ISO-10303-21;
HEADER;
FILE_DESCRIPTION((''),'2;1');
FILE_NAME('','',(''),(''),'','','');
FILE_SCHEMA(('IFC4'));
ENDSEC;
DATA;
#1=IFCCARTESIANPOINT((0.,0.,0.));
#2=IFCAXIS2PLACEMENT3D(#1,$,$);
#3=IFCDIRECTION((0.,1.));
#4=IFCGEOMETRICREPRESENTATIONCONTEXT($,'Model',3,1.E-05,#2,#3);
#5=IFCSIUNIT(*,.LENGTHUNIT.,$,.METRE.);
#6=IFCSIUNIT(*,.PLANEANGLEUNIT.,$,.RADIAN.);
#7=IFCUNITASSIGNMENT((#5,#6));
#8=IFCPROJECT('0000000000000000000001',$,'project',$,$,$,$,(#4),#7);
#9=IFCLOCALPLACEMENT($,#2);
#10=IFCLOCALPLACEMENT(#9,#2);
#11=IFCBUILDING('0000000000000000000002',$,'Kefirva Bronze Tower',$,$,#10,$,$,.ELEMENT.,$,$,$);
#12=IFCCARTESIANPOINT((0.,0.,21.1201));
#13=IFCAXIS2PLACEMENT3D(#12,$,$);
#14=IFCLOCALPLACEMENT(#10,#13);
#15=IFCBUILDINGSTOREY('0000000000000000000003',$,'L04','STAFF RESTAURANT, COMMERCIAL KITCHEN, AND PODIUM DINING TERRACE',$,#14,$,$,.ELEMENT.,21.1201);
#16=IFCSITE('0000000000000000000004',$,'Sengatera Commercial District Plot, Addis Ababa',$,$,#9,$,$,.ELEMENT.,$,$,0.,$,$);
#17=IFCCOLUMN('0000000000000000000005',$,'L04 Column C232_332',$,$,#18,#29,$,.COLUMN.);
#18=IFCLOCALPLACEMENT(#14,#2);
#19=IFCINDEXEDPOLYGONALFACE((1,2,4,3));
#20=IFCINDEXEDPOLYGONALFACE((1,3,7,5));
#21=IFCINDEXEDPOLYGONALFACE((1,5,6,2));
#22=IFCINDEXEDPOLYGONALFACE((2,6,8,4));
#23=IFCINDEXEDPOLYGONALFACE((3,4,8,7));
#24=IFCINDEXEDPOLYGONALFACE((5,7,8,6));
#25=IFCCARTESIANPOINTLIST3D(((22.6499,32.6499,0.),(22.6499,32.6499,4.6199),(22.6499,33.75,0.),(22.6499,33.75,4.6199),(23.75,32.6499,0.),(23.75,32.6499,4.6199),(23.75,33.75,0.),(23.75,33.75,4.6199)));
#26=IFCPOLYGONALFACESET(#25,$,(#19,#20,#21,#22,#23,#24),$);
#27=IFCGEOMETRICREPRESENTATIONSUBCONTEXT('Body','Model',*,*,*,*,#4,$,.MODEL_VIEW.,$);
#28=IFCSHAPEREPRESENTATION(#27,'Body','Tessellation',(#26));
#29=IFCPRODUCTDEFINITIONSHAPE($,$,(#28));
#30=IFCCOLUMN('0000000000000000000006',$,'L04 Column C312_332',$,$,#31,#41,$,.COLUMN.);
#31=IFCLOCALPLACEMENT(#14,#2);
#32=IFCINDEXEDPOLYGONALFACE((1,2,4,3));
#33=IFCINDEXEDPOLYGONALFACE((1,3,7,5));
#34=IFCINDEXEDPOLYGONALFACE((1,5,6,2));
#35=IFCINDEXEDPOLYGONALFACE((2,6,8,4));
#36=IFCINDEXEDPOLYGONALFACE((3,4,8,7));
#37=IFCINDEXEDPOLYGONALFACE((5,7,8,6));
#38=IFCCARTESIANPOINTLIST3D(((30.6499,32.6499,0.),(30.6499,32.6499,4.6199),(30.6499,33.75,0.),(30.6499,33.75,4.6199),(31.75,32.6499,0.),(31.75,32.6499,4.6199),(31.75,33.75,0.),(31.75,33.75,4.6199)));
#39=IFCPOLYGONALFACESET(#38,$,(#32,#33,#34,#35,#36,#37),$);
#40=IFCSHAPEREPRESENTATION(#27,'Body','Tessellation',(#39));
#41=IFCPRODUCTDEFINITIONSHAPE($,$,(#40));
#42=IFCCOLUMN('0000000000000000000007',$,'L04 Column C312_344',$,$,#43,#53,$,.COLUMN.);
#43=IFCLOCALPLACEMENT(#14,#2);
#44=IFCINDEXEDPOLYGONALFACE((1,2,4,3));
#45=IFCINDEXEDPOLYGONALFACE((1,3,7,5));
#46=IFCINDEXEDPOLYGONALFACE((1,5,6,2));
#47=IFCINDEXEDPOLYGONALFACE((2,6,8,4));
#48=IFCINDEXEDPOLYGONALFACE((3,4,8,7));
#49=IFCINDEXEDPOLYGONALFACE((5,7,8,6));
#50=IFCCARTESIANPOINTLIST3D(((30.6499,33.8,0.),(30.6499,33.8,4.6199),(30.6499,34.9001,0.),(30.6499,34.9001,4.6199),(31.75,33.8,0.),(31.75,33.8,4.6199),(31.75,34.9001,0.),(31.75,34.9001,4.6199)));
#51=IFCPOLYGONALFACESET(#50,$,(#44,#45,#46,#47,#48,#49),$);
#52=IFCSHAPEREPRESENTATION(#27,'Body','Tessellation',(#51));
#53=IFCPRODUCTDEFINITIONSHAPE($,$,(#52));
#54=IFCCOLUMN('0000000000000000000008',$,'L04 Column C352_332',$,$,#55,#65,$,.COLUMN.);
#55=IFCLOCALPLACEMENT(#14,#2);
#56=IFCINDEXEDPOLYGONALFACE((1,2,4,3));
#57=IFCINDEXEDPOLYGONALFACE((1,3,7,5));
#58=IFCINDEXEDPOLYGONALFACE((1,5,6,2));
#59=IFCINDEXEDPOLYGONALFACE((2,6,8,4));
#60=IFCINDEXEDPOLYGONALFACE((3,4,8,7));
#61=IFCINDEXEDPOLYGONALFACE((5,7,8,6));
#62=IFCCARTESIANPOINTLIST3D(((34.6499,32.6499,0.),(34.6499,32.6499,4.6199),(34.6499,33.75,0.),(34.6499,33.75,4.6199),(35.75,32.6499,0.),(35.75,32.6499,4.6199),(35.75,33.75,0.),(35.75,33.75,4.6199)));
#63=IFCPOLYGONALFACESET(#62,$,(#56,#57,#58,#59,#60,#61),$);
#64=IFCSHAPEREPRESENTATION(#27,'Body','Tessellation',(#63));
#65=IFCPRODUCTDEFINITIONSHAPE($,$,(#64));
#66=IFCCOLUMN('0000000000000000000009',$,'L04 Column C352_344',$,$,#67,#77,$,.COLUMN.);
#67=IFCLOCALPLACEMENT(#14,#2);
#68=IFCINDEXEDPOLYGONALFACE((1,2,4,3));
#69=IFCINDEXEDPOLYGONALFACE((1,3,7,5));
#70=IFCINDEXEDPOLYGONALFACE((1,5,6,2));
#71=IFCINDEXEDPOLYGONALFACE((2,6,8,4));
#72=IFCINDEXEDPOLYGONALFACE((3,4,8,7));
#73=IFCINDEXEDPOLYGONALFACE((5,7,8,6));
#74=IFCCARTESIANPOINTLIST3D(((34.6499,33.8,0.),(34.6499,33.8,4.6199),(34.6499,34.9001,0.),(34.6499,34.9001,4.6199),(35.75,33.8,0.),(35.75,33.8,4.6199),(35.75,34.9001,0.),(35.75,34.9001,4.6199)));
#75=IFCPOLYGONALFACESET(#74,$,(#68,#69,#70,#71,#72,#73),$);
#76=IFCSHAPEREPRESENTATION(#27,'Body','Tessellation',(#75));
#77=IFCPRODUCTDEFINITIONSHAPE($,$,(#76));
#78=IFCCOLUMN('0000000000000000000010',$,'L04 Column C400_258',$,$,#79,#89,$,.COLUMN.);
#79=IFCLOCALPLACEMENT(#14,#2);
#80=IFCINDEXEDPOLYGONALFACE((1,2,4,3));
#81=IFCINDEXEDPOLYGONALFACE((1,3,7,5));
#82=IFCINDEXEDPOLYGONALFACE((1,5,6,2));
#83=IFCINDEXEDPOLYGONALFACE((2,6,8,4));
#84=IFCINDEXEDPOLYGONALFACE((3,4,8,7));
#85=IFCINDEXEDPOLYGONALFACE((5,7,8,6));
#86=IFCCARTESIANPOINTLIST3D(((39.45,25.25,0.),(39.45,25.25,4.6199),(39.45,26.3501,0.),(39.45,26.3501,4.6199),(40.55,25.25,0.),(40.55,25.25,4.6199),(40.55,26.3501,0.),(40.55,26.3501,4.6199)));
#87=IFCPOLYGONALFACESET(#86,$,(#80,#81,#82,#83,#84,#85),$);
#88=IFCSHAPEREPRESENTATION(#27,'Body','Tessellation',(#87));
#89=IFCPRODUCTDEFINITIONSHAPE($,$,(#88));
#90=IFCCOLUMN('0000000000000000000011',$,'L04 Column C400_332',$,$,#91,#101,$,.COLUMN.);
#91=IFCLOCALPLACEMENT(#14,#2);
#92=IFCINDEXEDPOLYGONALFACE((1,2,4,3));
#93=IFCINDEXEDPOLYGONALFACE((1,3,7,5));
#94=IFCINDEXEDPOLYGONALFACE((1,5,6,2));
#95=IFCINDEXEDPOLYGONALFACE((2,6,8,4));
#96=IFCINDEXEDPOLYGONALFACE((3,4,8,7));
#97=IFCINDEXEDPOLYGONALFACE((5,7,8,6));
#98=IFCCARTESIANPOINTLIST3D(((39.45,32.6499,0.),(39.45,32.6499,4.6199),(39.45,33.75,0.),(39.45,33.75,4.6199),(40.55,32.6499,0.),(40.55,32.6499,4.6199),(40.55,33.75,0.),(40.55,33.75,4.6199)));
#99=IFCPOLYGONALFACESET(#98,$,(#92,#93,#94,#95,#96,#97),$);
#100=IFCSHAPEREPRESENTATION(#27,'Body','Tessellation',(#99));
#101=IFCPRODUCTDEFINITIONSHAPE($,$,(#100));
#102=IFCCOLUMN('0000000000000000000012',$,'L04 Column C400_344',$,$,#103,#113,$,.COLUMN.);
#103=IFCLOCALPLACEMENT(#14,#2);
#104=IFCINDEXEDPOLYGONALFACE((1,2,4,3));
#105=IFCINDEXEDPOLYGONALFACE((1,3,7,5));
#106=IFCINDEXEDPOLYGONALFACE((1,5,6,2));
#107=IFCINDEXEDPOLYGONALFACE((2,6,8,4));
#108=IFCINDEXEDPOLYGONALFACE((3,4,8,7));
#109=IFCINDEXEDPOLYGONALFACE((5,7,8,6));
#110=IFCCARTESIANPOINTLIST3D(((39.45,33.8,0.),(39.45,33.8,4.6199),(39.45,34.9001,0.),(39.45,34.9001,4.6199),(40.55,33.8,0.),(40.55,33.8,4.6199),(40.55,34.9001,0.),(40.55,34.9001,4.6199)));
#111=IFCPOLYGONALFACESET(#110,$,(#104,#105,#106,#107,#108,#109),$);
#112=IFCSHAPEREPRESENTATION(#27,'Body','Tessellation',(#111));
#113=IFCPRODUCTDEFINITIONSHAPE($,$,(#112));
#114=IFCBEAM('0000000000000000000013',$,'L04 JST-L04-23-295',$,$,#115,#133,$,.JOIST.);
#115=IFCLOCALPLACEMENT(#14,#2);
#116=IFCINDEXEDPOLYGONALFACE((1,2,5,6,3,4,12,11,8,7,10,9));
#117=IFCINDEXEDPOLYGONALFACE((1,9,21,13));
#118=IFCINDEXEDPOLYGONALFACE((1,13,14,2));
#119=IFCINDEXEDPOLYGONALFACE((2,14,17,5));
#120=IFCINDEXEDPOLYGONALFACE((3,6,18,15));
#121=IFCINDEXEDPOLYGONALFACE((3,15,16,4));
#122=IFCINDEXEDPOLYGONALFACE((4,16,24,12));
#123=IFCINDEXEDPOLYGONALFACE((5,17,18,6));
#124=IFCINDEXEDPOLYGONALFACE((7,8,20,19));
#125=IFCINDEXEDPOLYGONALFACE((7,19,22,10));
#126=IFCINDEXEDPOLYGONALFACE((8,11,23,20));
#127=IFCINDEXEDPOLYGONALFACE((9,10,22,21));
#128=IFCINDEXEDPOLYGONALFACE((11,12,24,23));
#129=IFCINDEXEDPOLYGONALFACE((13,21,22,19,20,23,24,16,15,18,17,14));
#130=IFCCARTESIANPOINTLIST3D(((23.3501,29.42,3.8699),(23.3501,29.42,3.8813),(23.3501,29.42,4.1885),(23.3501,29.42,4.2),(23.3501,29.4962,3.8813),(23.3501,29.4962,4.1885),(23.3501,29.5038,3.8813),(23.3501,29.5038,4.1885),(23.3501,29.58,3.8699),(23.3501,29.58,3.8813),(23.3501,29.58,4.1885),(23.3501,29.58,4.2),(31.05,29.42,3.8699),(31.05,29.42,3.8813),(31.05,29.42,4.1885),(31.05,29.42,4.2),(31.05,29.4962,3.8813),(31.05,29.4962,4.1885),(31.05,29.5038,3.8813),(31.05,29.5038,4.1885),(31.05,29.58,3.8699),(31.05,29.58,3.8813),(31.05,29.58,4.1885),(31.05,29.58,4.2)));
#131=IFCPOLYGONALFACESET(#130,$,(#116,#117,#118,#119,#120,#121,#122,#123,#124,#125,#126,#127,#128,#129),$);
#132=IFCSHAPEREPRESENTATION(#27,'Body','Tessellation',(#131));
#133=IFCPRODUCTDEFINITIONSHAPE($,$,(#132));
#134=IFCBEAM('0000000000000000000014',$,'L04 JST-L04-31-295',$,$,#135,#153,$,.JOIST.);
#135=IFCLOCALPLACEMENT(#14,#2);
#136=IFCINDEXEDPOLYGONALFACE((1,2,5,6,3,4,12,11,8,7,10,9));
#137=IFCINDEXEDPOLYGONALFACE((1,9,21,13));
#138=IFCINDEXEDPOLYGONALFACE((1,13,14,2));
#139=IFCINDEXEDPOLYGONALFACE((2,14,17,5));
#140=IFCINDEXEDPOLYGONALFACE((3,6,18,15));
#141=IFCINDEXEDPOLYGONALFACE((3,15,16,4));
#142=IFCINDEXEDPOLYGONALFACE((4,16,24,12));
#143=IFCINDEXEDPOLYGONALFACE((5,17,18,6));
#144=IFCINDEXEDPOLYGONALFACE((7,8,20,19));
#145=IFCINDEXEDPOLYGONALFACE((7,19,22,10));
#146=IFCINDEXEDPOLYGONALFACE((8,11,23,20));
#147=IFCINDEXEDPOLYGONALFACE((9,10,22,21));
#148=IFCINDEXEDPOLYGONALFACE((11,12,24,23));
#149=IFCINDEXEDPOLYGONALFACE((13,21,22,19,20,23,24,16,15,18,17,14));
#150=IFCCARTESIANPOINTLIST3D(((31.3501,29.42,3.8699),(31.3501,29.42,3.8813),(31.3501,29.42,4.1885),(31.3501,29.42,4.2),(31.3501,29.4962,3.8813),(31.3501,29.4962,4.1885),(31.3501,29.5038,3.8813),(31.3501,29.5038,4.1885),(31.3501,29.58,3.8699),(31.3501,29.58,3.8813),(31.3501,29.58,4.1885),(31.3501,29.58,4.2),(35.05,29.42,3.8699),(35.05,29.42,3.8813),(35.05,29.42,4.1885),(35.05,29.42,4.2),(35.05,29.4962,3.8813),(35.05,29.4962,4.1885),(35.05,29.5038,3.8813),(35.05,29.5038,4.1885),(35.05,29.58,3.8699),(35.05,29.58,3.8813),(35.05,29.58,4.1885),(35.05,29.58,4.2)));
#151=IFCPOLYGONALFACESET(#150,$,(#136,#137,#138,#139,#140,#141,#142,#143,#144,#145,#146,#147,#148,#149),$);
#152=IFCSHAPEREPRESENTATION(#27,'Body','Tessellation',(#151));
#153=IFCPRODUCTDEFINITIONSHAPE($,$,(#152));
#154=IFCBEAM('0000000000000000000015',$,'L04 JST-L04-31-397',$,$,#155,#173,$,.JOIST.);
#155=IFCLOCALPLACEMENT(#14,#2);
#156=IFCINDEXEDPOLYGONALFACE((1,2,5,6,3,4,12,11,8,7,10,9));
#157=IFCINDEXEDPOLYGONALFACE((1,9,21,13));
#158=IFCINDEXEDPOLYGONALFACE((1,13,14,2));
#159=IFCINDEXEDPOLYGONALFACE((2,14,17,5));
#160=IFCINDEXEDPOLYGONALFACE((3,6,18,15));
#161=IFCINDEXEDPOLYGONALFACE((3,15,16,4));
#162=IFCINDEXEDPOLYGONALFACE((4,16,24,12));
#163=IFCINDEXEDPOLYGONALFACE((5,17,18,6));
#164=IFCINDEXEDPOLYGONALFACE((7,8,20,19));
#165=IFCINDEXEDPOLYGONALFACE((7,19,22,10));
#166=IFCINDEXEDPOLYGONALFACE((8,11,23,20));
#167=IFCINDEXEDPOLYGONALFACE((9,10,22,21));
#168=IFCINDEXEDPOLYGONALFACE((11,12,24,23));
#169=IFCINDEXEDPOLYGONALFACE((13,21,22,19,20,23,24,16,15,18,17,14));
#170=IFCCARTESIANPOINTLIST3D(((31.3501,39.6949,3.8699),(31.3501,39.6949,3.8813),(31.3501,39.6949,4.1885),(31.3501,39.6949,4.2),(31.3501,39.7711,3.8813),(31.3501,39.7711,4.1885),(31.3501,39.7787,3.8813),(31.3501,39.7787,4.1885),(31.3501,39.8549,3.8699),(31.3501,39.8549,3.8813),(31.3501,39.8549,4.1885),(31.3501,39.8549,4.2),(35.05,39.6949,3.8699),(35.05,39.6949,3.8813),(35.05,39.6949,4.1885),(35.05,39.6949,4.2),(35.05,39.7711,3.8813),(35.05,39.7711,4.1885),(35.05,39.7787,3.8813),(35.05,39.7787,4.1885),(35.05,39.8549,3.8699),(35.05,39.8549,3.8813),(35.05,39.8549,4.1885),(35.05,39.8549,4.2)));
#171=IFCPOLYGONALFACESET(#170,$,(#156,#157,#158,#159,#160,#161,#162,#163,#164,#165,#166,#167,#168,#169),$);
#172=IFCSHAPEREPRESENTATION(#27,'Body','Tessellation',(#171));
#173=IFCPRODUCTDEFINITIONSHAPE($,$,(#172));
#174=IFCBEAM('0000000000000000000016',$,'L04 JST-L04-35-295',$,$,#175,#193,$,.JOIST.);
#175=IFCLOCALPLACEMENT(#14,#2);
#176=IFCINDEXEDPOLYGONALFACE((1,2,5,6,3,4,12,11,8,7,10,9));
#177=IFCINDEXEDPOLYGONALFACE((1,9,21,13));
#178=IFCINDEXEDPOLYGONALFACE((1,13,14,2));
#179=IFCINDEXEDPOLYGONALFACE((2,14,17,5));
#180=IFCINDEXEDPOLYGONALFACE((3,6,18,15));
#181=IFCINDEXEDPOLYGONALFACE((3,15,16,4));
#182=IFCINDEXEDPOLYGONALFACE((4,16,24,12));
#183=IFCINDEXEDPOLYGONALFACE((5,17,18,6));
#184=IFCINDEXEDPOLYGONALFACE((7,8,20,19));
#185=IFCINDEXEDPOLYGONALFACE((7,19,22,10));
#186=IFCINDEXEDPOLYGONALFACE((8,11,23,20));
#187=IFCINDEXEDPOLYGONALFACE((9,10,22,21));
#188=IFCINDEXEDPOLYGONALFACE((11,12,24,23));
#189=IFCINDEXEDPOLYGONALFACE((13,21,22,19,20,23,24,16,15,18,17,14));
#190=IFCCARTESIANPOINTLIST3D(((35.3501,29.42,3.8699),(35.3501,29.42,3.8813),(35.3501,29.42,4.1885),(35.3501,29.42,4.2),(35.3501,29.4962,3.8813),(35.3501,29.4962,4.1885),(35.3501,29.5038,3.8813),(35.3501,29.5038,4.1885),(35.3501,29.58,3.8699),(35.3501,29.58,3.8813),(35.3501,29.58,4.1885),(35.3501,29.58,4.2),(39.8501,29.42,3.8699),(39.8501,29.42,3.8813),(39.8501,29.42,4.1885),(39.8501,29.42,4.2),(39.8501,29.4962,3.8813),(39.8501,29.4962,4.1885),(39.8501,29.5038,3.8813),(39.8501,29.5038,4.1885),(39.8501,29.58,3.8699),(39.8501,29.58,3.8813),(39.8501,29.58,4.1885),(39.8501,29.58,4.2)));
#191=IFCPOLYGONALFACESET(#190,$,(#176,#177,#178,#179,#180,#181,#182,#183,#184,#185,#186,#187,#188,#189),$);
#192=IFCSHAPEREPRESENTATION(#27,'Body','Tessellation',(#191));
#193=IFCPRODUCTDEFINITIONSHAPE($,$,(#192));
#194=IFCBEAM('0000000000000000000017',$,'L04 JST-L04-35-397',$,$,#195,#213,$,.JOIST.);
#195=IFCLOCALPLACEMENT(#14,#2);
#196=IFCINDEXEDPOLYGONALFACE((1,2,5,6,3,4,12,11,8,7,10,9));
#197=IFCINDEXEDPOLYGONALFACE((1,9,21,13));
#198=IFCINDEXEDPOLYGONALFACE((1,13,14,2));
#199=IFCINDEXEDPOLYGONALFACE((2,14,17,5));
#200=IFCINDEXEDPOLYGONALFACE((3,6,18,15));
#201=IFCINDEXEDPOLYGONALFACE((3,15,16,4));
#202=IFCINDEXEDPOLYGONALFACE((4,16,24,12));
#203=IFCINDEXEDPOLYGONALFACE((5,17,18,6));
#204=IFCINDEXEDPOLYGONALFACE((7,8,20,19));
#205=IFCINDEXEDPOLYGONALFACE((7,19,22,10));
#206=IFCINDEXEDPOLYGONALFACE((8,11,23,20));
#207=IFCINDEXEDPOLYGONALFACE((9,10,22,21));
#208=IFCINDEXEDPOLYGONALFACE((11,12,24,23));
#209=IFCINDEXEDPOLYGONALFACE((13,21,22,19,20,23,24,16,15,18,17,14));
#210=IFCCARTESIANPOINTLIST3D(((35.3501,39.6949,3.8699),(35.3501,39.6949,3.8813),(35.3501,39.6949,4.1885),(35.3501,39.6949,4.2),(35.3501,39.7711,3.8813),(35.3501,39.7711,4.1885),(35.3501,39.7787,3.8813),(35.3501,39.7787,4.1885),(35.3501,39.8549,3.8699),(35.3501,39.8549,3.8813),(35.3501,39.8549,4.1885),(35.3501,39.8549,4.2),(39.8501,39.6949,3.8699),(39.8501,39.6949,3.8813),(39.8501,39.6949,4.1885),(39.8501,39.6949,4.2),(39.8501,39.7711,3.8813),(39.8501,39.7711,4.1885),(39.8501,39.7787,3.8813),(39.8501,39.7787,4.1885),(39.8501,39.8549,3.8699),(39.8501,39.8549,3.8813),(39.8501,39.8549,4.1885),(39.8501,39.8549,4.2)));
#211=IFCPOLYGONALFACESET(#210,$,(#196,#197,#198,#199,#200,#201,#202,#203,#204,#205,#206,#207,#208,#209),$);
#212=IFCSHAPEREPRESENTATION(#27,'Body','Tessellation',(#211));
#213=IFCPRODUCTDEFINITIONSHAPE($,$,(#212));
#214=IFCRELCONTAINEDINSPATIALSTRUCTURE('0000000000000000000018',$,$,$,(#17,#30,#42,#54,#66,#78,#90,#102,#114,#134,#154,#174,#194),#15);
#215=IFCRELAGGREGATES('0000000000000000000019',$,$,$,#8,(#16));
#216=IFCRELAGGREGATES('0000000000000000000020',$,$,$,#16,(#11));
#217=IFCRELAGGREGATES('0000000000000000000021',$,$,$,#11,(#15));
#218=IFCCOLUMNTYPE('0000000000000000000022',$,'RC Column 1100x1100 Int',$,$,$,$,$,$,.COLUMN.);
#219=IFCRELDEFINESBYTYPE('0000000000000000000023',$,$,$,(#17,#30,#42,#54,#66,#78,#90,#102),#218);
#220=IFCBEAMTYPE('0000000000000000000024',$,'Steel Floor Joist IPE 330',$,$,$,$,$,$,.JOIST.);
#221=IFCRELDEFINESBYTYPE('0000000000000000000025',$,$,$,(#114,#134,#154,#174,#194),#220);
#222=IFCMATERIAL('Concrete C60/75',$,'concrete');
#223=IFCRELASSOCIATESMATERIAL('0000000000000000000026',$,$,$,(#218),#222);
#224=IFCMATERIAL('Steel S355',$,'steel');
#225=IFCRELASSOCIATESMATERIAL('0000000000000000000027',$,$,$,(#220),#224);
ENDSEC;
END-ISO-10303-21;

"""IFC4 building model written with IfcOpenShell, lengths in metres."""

from ifc_helpers import new_model, si_unit, direction, frame, origin, origin_2d, place, context, subcontext, project, spatial, rectangle, i_section, extrude, material, material_profile, profile_set, type_object, element, save


model = new_model("IFC4")

# Units and contexts
model_context = context("Model", 3, precision=1e-05, world=origin(), true_north=direction((0.0, 1.0)))
body_context = subcontext(model_context, "Body", "Model", "MODEL_VIEW")
ifc_project = project(units=[si_unit("LENGTHUNIT", "METRE"), si_unit("PLANEANGLEUNIT", "RADIAN")], contexts=[model_context])

# Site, building, storey
site_placement = place(None, origin())
site = spatial("IfcSite", under=ifc_project, at=site_placement, Name="Sengatera Commercial District Plot, Addis Ababa", CompositionType="ELEMENT", RefElevation=0.0)
building_placement = place(site_placement, origin())
building = spatial("IfcBuilding", under=site, at=building_placement, Name="Kefirva Bronze Tower", CompositionType="ELEMENT")
storey_placement = place(building_placement, frame((0.0, 0.0, 21.1201)))
storey = spatial("IfcBuildingStorey", under=building, at=storey_placement, Name="L04", Description="STAFF RESTAURANT, COMMERCIAL KITCHEN, AND PODIUM DINING TERRACE", CompositionType="ELEMENT", Elevation=21.1201)

# Columns
ifc_material_1 = material(Name="Concrete C60/75", Category="concrete")
ifc_material_profile_1 = material_profile(ifc_material_1, rectangle(XDim=1.1001, YDim=1.1001, at=origin_2d()), Name="RC 1100x1100")
ifc_profile_set_1 = profile_set([ifc_material_profile_1], Name="Concrete C60/75")
column_type = type_object("IfcColumnType", Name="RC Column 1100x1100 Int", PredefinedType="COLUMN", material=ifc_profile_set_1)
for number, where, z_axis, x_axis, name in (
    (1, (23.2, 33.2, 0.0), (0.0, 0.0, 1.0), (1.0, 0.0, 0.0), "L04 Column C232_332"),
    (2, (31.2, 33.2, 0.0), (0.0, 0.0, 1.0), (1.0, 0.0, 0.0), "L04 Column C312_332"),
    (3, (31.2, 34.3501, 0.0), (0.0, 0.0, 1.0), (1.0, 0.0, 0.0), "L04 Column C312_344"),
    (4, (35.2, 33.2, 0.0), (0.0, 0.0, 1.0), (1.0, 0.0, 0.0), "L04 Column C352_332"),
    (5, (35.2, 34.3501, 0.0), (0.0, 0.0, 1.0), (1.0, 0.0, 0.0), "L04 Column C352_344"),
    (6, (40.0, 25.8, 0.0), (0.0, 0.0, 1.0), (1.0, 0.0, 0.0), "L04 Column C400_258"),
    (7, (40.0, 33.2, 0.0), (0.0, 0.0, 1.0), (1.0, 0.0, 0.0), "L04 Column C400_332"),
    (8, (40.0, 34.3501, 0.0), (0.0, 0.0, 1.0), (1.0, 0.0, 0.0), "L04 Column C400_344"),
):
    element("IfcColumn", number, at=place(storey_placement, frame(where, z_axis=z_axis, x_axis=x_axis)), inside=storey, type_object=column_type, Name=name, PredefinedType="COLUMN", context=body_context, shape_type="SweptSolid", body=[
        extrude(rectangle(XDim=1.1001, YDim=1.1001, at=origin_2d()), origin(), (0.0, 0.0, 1.0), 4.6199),
    ])

# Beams
ifc_material_2 = material(Name="Steel S355", Category="steel")
ifc_material_profile_2 = material_profile(ifc_material_2, i_section(OverallWidth=0.1599, OverallDepth=0.3301, WebThickness=0.0076, FlangeThickness=0.0115, at=origin_2d()), Name="IPE 330")
ifc_profile_set_2 = profile_set([ifc_material_profile_2], Name="Steel S355")
beam_type_1 = type_object("IfcBeamType", Name="Steel Floor Joist IPE 330", PredefinedType="JOIST", material=ifc_profile_set_2)
beam_1_placement = place(storey_placement, frame((23.3501, 29.5, 4.0349), z_axis=(1.0, 0.0, 0.0), x_axis=(0.0, 1.0, 0.0)))
element("IfcBeam", 9, at=beam_1_placement, inside=storey, type_object=beam_type_1, Name="L04 JST-L04-23-295", PredefinedType="JOIST", context=body_context, shape_type="SweptSolid", body=[
    extrude(i_section(OverallWidth=0.1599, OverallDepth=0.3301, WebThickness=0.0076, FlangeThickness=0.0115, at=origin_2d()), origin(), (0.0, 0.0, 1.0), 7.7),
])
for number, where, z_axis, x_axis, name in (
    (10, (31.3501, 29.5, 4.0349), (1.0, 0.0, 0.0), (0.0, 1.0, 0.0), "L04 JST-L04-31-295"),
    (11, (31.3501, 39.7749, 4.0349), (1.0, 0.0, 0.0), (0.0, 1.0, 0.0), "L04 JST-L04-31-397"),
):
    element("IfcBeam", number, at=place(storey_placement, frame(where, z_axis=z_axis, x_axis=x_axis)), inside=storey, type_object=beam_type_1, Name=name, PredefinedType="JOIST", context=body_context, shape_type="SweptSolid", body=[
        extrude(i_section(OverallWidth=0.1599, OverallDepth=0.3301, WebThickness=0.0076, FlangeThickness=0.0115, at=origin_2d()), origin(), (0.0, 0.0, 1.0), 3.7),
    ])
for number, where, z_axis, x_axis, name in (
    (12, (35.3501, 29.5, 4.0349), (1.0, 0.0, 0.0), (0.0, 1.0, 0.0), "L04 JST-L04-35-295"),
    (13, (35.3501, 39.7749, 4.0349), (1.0, 0.0, 0.0), (0.0, 1.0, 0.0), "L04 JST-L04-35-397"),
):
    element("IfcBeam", number, at=place(storey_placement, frame(where, z_axis=z_axis, x_axis=x_axis)), inside=storey, type_object=beam_type_1, Name=name, PredefinedType="JOIST", context=body_context, shape_type="SweptSolid", body=[
        extrude(i_section(OverallWidth=0.1599, OverallDepth=0.3301, WebThickness=0.0076, FlangeThickness=0.0115, at=origin_2d()), origin(), (0.0, 0.0, 1.0), 4.5),
    ])

save(model, "model.ifc")
